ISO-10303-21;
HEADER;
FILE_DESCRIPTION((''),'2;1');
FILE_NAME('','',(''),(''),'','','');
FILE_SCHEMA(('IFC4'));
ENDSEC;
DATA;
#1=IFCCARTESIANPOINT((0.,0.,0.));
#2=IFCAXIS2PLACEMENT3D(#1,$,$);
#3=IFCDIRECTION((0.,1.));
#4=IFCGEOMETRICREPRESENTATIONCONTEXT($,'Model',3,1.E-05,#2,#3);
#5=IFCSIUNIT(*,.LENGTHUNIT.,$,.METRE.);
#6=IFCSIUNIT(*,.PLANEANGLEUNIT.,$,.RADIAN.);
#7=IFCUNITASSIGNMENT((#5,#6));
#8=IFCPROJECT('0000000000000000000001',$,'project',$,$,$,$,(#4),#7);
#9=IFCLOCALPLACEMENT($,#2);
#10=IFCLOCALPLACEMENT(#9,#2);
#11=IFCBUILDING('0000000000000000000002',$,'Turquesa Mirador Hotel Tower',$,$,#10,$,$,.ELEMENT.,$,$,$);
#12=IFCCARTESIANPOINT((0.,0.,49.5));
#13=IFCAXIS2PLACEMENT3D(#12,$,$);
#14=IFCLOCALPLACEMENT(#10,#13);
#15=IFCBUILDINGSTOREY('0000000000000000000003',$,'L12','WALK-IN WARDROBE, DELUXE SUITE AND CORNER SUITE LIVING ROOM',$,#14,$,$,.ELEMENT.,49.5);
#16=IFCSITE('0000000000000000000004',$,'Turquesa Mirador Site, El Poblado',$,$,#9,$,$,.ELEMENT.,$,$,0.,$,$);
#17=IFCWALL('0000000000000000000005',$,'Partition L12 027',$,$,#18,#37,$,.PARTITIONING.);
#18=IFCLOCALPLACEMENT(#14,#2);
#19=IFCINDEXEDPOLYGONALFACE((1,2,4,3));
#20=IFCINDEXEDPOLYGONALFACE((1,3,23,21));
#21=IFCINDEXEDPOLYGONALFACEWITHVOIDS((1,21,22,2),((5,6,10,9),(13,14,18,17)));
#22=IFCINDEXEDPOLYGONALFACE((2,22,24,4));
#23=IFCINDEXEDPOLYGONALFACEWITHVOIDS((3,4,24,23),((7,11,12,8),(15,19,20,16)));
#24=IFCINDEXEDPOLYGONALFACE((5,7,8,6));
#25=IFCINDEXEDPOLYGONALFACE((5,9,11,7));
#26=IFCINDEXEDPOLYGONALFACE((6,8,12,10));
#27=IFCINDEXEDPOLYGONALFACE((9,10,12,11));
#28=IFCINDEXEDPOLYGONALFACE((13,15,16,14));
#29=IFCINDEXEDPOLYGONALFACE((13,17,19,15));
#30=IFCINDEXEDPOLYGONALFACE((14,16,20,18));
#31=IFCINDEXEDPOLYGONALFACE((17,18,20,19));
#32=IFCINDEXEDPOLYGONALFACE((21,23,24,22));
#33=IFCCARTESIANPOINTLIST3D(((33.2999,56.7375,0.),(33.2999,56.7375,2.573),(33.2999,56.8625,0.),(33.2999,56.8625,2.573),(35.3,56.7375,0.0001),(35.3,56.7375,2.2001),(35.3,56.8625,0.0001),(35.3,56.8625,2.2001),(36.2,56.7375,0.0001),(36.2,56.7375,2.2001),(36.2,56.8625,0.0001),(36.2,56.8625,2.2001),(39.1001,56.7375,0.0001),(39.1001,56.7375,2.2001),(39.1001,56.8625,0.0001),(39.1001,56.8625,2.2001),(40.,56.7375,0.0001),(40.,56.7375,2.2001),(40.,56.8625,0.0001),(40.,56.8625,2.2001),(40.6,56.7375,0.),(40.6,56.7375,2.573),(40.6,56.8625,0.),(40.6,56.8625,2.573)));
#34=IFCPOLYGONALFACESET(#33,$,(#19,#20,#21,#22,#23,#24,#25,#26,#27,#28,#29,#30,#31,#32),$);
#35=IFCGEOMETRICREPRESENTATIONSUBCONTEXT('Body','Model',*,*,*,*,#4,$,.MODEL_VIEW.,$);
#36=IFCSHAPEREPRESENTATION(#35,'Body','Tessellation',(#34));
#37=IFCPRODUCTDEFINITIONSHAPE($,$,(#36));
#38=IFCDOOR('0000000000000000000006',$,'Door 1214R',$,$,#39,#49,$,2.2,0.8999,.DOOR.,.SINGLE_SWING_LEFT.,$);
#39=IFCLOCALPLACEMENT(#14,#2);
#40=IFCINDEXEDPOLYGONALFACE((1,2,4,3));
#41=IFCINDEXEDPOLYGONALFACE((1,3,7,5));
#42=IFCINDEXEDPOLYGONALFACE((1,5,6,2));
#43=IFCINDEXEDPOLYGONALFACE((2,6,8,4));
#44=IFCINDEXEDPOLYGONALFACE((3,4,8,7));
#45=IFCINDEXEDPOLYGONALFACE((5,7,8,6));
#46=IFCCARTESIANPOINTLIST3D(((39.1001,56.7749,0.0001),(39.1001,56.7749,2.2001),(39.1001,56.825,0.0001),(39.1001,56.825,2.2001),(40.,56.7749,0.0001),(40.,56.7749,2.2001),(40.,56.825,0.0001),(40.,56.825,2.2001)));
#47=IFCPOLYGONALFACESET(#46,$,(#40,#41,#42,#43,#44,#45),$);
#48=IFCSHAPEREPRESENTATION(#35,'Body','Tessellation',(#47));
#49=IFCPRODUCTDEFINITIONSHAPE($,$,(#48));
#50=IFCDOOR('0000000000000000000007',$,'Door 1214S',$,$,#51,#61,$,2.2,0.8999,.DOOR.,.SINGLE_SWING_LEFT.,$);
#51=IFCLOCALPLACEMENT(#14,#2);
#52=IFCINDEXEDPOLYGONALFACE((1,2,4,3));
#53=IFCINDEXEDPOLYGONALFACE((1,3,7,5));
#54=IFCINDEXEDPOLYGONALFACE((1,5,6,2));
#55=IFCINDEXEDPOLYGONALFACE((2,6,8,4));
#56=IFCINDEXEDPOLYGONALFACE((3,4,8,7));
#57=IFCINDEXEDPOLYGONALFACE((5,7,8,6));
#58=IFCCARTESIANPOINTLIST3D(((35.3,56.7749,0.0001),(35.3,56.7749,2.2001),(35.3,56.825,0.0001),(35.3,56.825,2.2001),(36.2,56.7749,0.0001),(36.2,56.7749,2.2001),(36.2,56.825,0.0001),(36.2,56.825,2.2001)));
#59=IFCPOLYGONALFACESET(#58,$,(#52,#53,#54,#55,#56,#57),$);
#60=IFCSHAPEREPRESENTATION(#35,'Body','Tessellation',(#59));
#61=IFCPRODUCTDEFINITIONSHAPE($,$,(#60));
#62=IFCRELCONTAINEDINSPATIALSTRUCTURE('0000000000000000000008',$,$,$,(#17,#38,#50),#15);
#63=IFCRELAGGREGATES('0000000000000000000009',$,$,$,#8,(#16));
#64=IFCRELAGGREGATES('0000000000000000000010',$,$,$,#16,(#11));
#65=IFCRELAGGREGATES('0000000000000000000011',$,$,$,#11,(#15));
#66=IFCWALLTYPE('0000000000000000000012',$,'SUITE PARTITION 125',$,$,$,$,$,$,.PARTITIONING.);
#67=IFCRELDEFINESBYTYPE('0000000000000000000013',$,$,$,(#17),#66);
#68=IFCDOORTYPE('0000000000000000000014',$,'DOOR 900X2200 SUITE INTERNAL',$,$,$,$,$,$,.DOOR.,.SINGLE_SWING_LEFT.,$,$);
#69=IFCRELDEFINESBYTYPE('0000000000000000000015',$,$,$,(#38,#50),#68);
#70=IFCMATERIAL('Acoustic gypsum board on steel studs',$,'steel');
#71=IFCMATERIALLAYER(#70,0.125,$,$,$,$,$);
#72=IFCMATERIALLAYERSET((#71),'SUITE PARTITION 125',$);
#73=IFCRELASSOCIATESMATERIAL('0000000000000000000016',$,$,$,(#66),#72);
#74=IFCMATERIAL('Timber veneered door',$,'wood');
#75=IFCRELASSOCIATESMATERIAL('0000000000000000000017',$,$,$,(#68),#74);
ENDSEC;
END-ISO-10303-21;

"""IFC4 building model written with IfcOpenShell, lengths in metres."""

from ifc_helpers import new_model, si_unit, direction, frame, frame_2d, origin, place, context, subcontext, project, spatial, rectangle, extrude, material, layer, layer_set, type_object, element, fill, save


model = new_model("IFC4")

# Units and contexts
model_context = context("Model", 3, precision=1e-05, world=origin(), true_north=direction((0.0, 1.0)))
body_context = subcontext(model_context, "Body", "Model", "MODEL_VIEW")
ifc_project = project(units=[si_unit("LENGTHUNIT", "METRE"), si_unit("PLANEANGLEUNIT", "RADIAN")], contexts=[model_context])

# Site, building, storey
site_placement = place(None, origin())
site = spatial("IfcSite", under=ifc_project, at=site_placement, Name="Turquesa Mirador Site, El Poblado", CompositionType="ELEMENT", RefElevation=0.0)
building_placement = place(site_placement, origin())
building = spatial("IfcBuilding", under=site, at=building_placement, Name="Turquesa Mirador Hotel Tower", CompositionType="ELEMENT")
storey_placement = place(building_placement, frame((0.0, 0.0, 49.5)))
storey = spatial("IfcBuildingStorey", under=building, at=storey_placement, Name="L12", Description="WALK-IN WARDROBE, DELUXE SUITE AND CORNER SUITE LIVING ROOM", CompositionType="ELEMENT", Elevation=49.5)

# Wall, openings, doors
ifc_material_1 = material(Name="Acoustic gypsum board on steel studs", Category="steel")
ifc_layer_1 = layer(ifc_material_1, 0.125)
ifc_layer_set_1 = layer_set([ifc_layer_1], Name="SUITE PARTITION 125")
wall_type_1 = type_object("IfcWallType", Name="SUITE PARTITION 125", PredefinedType="PARTITIONING", material=ifc_layer_set_1)
wall_1_placement = place(storey_placement, frame((33.3, 56.8, 0.0), z_axis=(0.0, 0.0, 1.0), x_axis=(1.0, 0.0, 0.0)))
wall_1 = element("IfcWall", 1, at=wall_1_placement, inside=storey, type_object=wall_type_1, Name="Partition L12 027", PredefinedType="PARTITIONING", context=body_context, shape_type="SweptSolid", body=[
    extrude(rectangle(XDim=7.3, YDim=0.125, at=frame_2d((3.6499, 0.0))), origin(), (0.0, 0.0, 1.0), 2.573),
])
opening_1_placement = place(wall_1_placement, frame((5.8, 0.0, 0.0)))
opening_1 = element("IfcOpeningElement", 2, at=opening_1_placement, cuts=wall_1, PredefinedType="OPENING", context=body_context, shape_type="SweptSolid", body=[
    extrude(rectangle(XDim=0.8999, YDim=2.2, at=frame_2d((0.45, 1.1001))), frame((0.0, 0.0725, 0.0), z_axis=(0.0, -1.0, 0.0), x_axis=(1.0, 0.0, 0.0)), (0.0, 0.0, 1.0), 0.145),
])
opening_2_placement = place(wall_1_placement, frame((2.0, 0.0, 0.0)))
opening_2 = element("IfcOpeningElement", 3, at=opening_2_placement, cuts=wall_1, PredefinedType="OPENING", context=body_context, shape_type="SweptSolid", body=[
    extrude(rectangle(XDim=0.8999, YDim=2.2, at=frame_2d((0.45, 1.1001))), frame((0.0, 0.0725, 0.0), z_axis=(0.0, -1.0, 0.0), x_axis=(1.0, 0.0, 0.0)), (0.0, 0.0, 1.0), 0.145),
])
ifc_material_2 = material(Name="Timber veneered door", Category="wood")
door_type_1 = type_object("IfcDoorType", Name="DOOR 900X2200 SUITE INTERNAL", OperationType="SINGLE_SWING_LEFT", PredefinedType="DOOR", material=ifc_material_2)
door_1_placement = place(opening_1_placement, origin())
door_1 = element("IfcDoor", 4, at=door_1_placement, inside=storey, type_object=door_type_1, Name="Door 1214R", OperationType="SINGLE_SWING_LEFT", OverallHeight=2.2, OverallWidth=0.8999, PredefinedType="DOOR", context=body_context, shape_type="SweptSolid", body=[
    extrude(rectangle(XDim=0.8999, YDim=2.2, at=frame_2d((0.45, 1.1001))), frame((0.0, 0.0249, 0.0), z_axis=(0.0, -1.0, 0.0), x_axis=(1.0, 0.0, 0.0)), (0.0, 0.0, 1.0), 0.05),
])
fill(opening_1, door_1)
door_2_placement = place(opening_2_placement, origin())
door_2 = element("IfcDoor", 5, at=door_2_placement, inside=storey, type_object=door_type_1, Name="Door 1214S", OperationType="SINGLE_SWING_LEFT", OverallHeight=2.2, OverallWidth=0.8999, PredefinedType="DOOR", context=body_context, shape_type="SweptSolid", body=[
    extrude(rectangle(XDim=0.8999, YDim=2.2, at=frame_2d((0.45, 1.1001))), frame((0.0, 0.0249, 0.0), z_axis=(0.0, -1.0, 0.0), x_axis=(1.0, 0.0, 0.0)), (0.0, 0.0, 1.0), 0.05),
])
fill(opening_2, door_2)

save(model, "model.ifc")
